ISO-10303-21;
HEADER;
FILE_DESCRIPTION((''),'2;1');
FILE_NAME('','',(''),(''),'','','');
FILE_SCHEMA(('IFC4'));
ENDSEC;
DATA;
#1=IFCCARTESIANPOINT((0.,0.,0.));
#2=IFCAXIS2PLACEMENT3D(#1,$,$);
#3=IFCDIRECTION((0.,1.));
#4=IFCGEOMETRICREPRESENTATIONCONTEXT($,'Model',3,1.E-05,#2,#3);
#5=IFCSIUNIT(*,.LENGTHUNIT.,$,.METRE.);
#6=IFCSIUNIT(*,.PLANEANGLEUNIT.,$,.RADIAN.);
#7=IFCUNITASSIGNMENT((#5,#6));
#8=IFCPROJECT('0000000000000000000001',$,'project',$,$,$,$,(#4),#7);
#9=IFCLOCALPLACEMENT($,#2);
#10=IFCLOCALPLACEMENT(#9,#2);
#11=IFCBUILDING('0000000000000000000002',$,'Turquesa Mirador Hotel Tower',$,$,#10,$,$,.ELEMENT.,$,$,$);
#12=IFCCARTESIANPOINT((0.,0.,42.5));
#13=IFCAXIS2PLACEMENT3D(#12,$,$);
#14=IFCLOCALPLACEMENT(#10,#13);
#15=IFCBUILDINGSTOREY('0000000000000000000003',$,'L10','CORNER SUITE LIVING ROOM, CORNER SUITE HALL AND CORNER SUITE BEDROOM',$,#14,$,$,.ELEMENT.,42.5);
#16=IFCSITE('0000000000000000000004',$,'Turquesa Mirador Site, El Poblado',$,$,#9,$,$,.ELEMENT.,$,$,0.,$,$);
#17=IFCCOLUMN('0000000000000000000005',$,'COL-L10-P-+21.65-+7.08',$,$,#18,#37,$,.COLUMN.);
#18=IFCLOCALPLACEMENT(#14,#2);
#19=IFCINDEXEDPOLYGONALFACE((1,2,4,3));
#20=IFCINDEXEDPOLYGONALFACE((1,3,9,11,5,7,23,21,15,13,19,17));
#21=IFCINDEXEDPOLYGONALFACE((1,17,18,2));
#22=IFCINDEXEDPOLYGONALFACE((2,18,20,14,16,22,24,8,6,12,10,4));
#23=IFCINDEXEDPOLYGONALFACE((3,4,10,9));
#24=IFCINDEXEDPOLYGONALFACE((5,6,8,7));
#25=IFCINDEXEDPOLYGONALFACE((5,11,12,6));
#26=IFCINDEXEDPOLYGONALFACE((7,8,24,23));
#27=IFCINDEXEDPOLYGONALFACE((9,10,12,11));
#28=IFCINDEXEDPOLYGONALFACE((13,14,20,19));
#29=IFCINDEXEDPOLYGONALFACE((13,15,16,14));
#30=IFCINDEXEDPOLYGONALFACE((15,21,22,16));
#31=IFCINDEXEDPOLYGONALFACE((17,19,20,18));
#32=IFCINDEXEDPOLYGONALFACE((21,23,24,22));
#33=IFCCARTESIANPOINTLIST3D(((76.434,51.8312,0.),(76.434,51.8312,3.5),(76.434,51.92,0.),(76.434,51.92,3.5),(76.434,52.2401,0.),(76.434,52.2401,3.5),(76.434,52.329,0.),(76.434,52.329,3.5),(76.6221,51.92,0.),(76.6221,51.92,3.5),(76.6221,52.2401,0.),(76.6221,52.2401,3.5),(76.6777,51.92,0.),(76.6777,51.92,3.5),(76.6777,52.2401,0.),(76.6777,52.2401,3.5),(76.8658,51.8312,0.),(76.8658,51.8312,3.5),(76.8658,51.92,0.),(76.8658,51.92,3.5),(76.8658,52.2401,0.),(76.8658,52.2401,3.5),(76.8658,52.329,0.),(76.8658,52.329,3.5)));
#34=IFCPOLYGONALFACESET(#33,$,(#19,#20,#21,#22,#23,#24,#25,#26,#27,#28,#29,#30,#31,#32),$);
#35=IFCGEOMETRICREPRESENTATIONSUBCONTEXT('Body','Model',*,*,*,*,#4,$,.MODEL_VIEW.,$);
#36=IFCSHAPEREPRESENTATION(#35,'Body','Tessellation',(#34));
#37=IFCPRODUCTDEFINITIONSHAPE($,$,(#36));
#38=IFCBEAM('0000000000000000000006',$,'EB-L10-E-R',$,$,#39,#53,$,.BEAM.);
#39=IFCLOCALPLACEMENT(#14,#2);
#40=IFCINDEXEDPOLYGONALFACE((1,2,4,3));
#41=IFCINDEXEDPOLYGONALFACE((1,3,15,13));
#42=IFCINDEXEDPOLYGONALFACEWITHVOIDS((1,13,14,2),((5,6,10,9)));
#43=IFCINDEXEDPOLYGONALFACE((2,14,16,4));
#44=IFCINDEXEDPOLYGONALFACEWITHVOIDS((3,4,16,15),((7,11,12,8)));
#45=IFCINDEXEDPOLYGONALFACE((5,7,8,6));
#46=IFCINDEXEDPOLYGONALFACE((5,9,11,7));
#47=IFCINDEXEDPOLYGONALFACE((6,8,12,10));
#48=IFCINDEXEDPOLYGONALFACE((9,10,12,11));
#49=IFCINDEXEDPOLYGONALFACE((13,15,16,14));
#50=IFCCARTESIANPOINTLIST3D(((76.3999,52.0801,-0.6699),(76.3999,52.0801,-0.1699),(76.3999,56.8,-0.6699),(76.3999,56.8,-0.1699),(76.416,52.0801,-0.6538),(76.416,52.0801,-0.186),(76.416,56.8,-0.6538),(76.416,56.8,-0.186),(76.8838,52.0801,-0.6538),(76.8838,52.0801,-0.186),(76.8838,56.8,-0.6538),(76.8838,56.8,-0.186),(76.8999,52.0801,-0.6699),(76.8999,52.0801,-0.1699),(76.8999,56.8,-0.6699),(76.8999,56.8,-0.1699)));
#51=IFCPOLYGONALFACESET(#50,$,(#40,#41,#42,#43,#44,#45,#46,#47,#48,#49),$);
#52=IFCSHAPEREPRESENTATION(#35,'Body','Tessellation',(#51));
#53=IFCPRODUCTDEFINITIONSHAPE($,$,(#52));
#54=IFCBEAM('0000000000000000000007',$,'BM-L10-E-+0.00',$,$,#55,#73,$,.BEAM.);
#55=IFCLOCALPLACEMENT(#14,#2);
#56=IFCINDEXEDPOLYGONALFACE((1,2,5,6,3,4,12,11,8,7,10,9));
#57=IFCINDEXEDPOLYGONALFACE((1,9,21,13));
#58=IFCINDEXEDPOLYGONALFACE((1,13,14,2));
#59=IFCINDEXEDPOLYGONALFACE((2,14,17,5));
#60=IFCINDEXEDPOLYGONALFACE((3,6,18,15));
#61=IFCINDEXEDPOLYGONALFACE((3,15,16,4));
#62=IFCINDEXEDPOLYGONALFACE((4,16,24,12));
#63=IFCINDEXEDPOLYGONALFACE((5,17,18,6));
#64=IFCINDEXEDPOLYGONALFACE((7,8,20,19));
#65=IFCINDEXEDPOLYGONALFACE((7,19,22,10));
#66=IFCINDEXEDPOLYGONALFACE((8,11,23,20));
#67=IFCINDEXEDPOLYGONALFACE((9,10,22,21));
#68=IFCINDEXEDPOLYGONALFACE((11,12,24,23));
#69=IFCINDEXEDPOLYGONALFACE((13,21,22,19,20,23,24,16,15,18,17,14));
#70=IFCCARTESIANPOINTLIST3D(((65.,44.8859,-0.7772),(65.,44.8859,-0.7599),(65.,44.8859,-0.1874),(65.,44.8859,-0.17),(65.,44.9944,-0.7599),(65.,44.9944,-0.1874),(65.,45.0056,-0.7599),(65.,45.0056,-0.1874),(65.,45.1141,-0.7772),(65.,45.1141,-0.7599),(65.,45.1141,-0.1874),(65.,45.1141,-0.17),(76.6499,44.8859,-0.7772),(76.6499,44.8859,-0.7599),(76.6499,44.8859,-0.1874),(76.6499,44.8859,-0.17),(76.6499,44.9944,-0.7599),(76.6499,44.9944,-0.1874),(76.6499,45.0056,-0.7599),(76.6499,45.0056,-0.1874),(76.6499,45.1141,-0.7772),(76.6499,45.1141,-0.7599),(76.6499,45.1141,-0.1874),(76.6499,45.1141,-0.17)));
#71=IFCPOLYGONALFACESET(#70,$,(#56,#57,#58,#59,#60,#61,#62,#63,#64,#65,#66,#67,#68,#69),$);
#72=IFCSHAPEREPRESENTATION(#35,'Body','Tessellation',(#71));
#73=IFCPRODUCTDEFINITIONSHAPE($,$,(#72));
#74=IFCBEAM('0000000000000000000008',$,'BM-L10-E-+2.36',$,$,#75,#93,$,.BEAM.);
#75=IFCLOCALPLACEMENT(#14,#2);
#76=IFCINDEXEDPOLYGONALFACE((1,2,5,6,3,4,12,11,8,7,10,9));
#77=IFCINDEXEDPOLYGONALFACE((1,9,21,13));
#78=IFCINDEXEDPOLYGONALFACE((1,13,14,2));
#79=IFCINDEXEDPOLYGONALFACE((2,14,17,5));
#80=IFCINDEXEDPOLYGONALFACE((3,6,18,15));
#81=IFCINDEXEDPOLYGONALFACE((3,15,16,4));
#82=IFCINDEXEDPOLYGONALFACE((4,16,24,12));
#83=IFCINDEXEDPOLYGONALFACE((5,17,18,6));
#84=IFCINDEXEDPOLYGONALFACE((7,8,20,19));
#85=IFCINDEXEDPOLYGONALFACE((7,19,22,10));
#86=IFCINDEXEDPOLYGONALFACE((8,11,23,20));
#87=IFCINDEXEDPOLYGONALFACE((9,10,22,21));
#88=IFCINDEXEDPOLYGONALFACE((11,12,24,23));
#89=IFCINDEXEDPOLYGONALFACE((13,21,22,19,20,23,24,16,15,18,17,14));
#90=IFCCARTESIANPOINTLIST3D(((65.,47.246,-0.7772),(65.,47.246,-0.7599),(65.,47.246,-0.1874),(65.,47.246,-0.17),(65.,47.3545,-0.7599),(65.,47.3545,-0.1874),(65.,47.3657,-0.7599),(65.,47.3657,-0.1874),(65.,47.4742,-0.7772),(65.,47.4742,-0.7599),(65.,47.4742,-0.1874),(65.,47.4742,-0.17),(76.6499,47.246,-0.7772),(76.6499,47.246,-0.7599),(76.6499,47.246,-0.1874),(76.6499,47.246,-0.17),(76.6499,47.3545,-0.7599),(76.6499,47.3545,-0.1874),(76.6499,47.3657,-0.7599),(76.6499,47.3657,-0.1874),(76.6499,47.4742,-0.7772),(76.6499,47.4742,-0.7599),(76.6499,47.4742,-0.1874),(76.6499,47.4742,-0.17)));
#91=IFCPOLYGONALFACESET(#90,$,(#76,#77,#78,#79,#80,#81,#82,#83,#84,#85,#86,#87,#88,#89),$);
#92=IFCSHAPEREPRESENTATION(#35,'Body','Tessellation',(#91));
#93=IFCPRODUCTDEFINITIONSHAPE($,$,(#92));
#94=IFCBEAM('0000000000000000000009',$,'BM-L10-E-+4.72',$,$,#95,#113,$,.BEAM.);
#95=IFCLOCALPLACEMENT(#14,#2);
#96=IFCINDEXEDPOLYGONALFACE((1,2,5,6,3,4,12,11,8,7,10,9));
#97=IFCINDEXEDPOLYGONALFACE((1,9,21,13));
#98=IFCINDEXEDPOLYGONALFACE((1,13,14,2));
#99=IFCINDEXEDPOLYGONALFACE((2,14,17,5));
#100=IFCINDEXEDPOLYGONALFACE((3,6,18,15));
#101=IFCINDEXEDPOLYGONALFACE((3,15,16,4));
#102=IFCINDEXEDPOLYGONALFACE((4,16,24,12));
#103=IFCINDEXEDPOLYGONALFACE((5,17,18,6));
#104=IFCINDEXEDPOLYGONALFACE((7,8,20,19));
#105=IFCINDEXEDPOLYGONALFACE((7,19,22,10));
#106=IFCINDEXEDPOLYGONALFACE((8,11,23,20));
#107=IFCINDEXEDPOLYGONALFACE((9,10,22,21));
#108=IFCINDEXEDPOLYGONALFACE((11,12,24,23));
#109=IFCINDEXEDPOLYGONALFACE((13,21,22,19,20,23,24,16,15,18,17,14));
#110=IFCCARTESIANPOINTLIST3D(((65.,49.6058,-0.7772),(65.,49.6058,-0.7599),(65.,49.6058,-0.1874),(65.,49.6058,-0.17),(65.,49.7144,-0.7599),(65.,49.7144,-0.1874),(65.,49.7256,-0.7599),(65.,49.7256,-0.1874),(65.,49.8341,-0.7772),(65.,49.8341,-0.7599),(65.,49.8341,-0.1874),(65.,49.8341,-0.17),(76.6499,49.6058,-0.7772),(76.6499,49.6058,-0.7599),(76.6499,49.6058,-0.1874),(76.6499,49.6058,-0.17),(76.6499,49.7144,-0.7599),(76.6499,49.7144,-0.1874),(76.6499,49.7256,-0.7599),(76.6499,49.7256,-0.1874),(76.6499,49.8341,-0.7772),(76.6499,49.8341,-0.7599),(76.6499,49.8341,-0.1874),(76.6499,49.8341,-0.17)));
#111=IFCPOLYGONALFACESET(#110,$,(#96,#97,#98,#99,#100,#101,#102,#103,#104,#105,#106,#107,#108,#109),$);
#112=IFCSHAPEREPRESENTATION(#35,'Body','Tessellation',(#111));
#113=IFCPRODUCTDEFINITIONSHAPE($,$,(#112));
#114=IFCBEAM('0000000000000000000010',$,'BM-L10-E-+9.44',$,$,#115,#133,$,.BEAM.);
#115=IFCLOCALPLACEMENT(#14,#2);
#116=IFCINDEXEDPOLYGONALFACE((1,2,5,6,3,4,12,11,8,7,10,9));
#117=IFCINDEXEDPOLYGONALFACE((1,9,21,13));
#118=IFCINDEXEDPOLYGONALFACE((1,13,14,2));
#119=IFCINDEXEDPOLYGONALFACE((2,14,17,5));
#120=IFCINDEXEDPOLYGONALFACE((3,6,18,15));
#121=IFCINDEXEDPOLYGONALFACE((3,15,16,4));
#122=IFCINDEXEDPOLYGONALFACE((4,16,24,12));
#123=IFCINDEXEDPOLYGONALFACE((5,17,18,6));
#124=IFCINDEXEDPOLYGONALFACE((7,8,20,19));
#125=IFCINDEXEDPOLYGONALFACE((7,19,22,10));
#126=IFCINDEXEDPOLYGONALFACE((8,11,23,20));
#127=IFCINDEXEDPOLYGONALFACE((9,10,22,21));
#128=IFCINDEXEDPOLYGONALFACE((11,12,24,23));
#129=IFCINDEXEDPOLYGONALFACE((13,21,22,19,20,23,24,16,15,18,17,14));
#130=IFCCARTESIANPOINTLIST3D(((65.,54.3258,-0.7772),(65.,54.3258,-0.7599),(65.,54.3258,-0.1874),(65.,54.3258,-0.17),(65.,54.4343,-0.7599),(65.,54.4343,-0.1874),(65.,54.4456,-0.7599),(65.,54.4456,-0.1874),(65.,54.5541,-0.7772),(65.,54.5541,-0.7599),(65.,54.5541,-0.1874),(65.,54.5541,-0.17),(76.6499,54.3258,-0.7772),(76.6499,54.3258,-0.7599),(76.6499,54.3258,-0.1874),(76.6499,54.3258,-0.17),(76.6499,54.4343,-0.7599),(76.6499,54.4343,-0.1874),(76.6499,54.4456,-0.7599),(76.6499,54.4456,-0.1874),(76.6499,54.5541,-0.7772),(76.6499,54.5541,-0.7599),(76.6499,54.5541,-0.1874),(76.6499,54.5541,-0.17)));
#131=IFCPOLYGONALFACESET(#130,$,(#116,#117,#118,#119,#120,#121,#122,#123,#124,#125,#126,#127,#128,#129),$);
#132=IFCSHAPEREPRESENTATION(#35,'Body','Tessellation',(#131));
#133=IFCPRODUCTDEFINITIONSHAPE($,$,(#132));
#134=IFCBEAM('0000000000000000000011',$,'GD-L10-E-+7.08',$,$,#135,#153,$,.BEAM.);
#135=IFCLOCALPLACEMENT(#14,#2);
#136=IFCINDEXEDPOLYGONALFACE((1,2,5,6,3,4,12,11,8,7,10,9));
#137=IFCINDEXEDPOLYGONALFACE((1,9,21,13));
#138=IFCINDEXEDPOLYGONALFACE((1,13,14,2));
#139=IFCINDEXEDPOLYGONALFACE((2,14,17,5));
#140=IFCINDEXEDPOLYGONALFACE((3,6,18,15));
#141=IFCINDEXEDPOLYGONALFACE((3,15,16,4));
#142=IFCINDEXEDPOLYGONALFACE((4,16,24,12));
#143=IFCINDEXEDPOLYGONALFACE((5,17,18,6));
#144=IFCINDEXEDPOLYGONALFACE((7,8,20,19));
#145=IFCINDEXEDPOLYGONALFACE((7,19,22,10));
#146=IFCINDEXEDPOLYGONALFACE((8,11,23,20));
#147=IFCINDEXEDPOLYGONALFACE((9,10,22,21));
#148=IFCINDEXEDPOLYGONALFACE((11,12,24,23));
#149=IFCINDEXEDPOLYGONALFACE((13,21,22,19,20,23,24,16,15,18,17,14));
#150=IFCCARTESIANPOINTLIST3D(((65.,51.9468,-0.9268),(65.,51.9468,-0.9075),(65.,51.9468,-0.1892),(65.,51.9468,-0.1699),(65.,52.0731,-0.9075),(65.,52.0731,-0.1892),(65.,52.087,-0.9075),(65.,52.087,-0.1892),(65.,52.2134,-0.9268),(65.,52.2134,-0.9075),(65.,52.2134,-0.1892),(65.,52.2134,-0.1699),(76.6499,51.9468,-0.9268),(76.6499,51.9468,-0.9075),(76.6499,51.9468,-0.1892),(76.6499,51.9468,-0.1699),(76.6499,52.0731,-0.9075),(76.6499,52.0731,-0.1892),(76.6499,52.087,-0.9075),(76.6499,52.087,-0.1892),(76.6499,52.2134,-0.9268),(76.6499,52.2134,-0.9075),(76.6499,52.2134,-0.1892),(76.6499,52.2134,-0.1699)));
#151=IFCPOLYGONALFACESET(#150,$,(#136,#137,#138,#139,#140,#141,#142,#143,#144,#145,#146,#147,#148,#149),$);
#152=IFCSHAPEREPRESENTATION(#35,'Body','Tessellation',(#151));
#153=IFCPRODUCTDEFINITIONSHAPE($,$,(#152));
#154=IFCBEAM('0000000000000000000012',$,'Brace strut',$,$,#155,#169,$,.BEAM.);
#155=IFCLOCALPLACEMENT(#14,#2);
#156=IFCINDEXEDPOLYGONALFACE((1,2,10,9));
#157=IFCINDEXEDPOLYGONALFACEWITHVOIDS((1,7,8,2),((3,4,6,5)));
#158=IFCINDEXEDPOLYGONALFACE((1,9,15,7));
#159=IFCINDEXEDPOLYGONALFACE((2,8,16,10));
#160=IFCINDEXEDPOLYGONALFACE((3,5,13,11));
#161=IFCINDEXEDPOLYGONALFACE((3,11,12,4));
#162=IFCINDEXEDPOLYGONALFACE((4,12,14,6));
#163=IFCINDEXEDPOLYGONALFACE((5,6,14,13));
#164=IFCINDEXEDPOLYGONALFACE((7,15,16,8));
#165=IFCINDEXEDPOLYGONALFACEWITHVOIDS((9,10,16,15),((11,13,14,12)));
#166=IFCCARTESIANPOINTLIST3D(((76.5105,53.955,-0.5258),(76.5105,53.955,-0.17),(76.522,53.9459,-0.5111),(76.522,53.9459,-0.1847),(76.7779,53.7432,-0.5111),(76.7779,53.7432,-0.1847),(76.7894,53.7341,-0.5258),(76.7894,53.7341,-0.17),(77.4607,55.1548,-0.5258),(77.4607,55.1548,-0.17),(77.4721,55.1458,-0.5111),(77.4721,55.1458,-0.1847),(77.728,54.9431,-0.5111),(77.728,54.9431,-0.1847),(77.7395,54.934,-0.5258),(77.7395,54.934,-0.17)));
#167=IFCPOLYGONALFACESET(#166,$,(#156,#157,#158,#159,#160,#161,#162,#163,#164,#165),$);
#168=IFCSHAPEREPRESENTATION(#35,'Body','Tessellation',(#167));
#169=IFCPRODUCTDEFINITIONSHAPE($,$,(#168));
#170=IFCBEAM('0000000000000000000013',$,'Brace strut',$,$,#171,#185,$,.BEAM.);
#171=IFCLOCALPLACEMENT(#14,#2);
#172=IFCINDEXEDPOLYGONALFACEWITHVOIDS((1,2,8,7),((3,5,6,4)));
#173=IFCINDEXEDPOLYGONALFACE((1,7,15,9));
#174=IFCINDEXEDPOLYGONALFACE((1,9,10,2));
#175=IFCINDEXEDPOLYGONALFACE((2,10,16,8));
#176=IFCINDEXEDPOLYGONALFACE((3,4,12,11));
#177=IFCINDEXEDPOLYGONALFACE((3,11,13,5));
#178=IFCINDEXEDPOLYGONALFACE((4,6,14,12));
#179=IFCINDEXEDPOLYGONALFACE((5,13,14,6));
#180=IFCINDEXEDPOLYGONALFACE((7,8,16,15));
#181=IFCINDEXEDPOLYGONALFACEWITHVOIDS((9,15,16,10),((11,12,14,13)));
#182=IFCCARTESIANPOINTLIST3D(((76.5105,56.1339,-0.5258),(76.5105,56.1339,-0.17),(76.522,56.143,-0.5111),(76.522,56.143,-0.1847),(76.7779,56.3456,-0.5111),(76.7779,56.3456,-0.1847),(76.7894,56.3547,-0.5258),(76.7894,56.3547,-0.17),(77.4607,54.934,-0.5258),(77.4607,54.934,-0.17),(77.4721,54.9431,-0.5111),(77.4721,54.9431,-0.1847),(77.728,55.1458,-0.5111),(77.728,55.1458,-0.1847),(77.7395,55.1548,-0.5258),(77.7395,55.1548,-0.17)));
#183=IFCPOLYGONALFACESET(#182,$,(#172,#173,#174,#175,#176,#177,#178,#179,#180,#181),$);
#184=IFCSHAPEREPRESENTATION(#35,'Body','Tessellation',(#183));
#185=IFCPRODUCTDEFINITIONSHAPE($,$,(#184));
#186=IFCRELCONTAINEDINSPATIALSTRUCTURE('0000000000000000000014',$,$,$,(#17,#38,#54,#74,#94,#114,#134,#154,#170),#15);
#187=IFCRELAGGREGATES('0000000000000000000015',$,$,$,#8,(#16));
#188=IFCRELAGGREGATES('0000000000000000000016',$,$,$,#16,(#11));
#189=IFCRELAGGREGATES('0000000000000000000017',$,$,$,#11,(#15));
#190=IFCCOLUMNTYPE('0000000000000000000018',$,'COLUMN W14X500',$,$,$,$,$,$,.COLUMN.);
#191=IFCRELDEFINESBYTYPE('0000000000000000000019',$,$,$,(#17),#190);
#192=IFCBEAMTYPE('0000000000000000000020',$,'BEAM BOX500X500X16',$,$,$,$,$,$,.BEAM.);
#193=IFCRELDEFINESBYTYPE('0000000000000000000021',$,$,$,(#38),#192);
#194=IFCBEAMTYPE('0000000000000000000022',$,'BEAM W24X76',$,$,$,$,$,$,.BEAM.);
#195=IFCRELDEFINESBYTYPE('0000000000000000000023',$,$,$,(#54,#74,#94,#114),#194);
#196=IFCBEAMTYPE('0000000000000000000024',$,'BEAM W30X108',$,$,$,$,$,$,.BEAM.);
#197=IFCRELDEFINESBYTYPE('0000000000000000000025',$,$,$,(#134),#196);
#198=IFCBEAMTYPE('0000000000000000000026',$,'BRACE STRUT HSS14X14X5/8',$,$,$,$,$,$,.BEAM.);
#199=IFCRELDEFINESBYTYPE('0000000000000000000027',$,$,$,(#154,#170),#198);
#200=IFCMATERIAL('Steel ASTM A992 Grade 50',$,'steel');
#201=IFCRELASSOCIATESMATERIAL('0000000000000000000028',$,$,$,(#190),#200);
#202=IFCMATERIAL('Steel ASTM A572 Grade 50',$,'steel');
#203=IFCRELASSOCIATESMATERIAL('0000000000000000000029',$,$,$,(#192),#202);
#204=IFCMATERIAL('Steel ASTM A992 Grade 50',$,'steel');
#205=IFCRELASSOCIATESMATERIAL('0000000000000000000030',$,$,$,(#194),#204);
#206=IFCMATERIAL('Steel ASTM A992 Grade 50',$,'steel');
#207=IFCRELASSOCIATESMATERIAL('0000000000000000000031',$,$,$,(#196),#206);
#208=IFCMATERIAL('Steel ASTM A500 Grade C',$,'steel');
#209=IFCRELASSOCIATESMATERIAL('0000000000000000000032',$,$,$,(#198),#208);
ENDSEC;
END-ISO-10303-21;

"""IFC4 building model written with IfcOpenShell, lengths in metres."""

from ifc_helpers import new_model, si_unit, direction, frame, origin, origin_2d, place, context, subcontext, project, spatial, hollow_rectangle, i_section, extrude, material, material_profile, profile_set, type_object, element, save


model = new_model("IFC4")

# Units and contexts
model_context = context("Model", 3, precision=1e-05, world=origin(), true_north=direction((0.0, 1.0)))
body_context = subcontext(model_context, "Body", "Model", "MODEL_VIEW")
ifc_project = project(units=[si_unit("LENGTHUNIT", "METRE"), si_unit("PLANEANGLEUNIT", "RADIAN")], contexts=[model_context])

# Site, building, storey
site_placement = place(None, origin())
site = spatial("IfcSite", under=ifc_project, at=site_placement, Name="Turquesa Mirador Site, El Poblado", CompositionType="ELEMENT", RefElevation=0.0)
building_placement = place(site_placement, origin())
building = spatial("IfcBuilding", under=site, at=building_placement, Name="Turquesa Mirador Hotel Tower", CompositionType="ELEMENT")
storey_placement = place(building_placement, frame((0.0, 0.0, 42.5)))
storey = spatial("IfcBuildingStorey", under=building, at=storey_placement, Name="L10", Description="CORNER SUITE LIVING ROOM, CORNER SUITE HALL AND CORNER SUITE BEDROOM", CompositionType="ELEMENT", Elevation=42.5)

# Column
ifc_material_1 = material(Name="Steel ASTM A992 Grade 50", Category="steel")
ifc_material_profile_1 = material_profile(ifc_material_1, i_section(OverallWidth=0.4319, OverallDepth=0.4978, WebThickness=0.0557, FlangeThickness=0.0889, at=origin_2d()), Name="W14X500")
ifc_profile_set_1 = profile_set([ifc_material_profile_1], Name="Steel ASTM A992 Grade 50")
column_type = type_object("IfcColumnType", Name="COLUMN W14X500", PredefinedType="COLUMN", material=ifc_profile_set_1)
column_placement = place(storey_placement, frame((76.6499, 52.0801, 0.0), z_axis=(0.0, 0.0, 1.0), x_axis=(1.0, 0.0, 0.0)))
element("IfcColumn", 1, at=column_placement, inside=storey, type_object=column_type, Name="COL-L10-P-+21.65-+7.08", PredefinedType="COLUMN", context=body_context, shape_type="SweptSolid", body=[
    extrude(i_section(OverallWidth=0.4319, OverallDepth=0.4978, WebThickness=0.0557, FlangeThickness=0.0889, at=origin_2d()), origin(), (0.0, 0.0, 1.0), 3.5),
])

# Beams
ifc_material_2 = material(Name="Steel ASTM A572 Grade 50", Category="steel")
ifc_material_profile_2 = material_profile(ifc_material_2, hollow_rectangle(XDim=0.5, YDim=0.5, WallThickness=0.0161, at=origin_2d()), Name="BOX500X500X16")
ifc_profile_set_2 = profile_set([ifc_material_profile_2], Name="Steel ASTM A572 Grade 50")
beam_type_1 = type_object("IfcBeamType", Name="BEAM BOX500X500X16", PredefinedType="BEAM", material=ifc_profile_set_2)
beam_1_placement = place(storey_placement, frame((76.6499, 52.0801, -0.4199), z_axis=(0.0, 1.0, 0.0), x_axis=(-1.0, 0.0, 0.0)))
element("IfcBeam", 2, at=beam_1_placement, inside=storey, type_object=beam_type_1, Name="EB-L10-E-R", PredefinedType="BEAM", context=body_context, shape_type="SweptSolid", body=[
    extrude(hollow_rectangle(XDim=0.5, YDim=0.5, WallThickness=0.0161, at=origin_2d()), origin(), (0.0, 0.0, 1.0), 4.72),
])
ifc_material_3 = material(Name="Steel ASTM A992 Grade 50", Category="steel")
ifc_material_profile_3 = material_profile(ifc_material_3, i_section(OverallWidth=0.2283, OverallDepth=0.6072, WebThickness=0.0112, FlangeThickness=0.0173, at=origin_2d()), Name="W24X76")
ifc_profile_set_3 = profile_set([ifc_material_profile_3], Name="Steel ASTM A992 Grade 50")
beam_type_2 = type_object("IfcBeamType", Name="BEAM W24X76", PredefinedType="BEAM", material=ifc_profile_set_3)
for number, where, z_axis, x_axis, name in (
    (3, (76.6499, 45.0, -0.4736), (-1.0, 0.0, 0.0), (0.0, -1.0, 0.0), "BM-L10-E-+0.00"),
    (4, (76.6499, 47.3601, -0.4736), (-1.0, 0.0, 0.0), (0.0, -1.0, 0.0), "BM-L10-E-+2.36"),
    (5, (76.6499, 49.72, -0.4736), (-1.0, 0.0, 0.0), (0.0, -1.0, 0.0), "BM-L10-E-+4.72"),
    (6, (76.6499, 54.4399, -0.4736), (-1.0, 0.0, 0.0), (0.0, -1.0, 0.0), "BM-L10-E-+9.44"),
):
    element("IfcBeam", number, at=place(storey_placement, frame(where, z_axis=z_axis, x_axis=x_axis)), inside=storey, type_object=beam_type_2, Name=name, PredefinedType="BEAM", context=body_context, shape_type="SweptSolid", body=[
        extrude(i_section(OverallWidth=0.2283, OverallDepth=0.6072, WebThickness=0.0112, FlangeThickness=0.0173, at=origin_2d()), origin(), (0.0, 0.0, 1.0), 11.6499),
    ])
ifc_material_4 = material(Name="Steel ASTM A992 Grade 50", Category="steel")
ifc_material_profile_4 = material_profile(ifc_material_4, i_section(OverallWidth=0.2666, OverallDepth=0.7568, WebThickness=0.0139, FlangeThickness=0.0193, at=origin_2d()), Name="W30X108")
ifc_profile_set_4 = profile_set([ifc_material_profile_4], Name="Steel ASTM A992 Grade 50")
beam_type_3 = type_object("IfcBeamType", Name="BEAM W30X108", PredefinedType="BEAM", material=ifc_profile_set_4)
beam_2_placement = place(storey_placement, frame((76.6499, 52.0801, -0.5483), z_axis=(-1.0, 0.0, 0.0), x_axis=(0.0, -1.0, 0.0)))
element("IfcBeam", 7, at=beam_2_placement, inside=storey, type_object=beam_type_3, Name="GD-L10-E-+7.08", PredefinedType="BEAM", context=body_context, shape_type="SweptSolid", body=[
    extrude(i_section(OverallWidth=0.2666, OverallDepth=0.7568, WebThickness=0.0139, FlangeThickness=0.0193, at=origin_2d()), origin(), (0.0, 0.0, 1.0), 11.6499),
])
ifc_material_5 = material(Name="Steel ASTM A500 Grade C", Category="steel")
ifc_material_profile_5 = material_profile(ifc_material_5, hollow_rectangle(XDim=0.3557, YDim=0.3557, WallThickness=0.0146, at=origin_2d()), Name="HSS14X14X5/8")
ifc_profile_set_5 = profile_set([ifc_material_profile_5], Name="Steel ASTM A500 Grade C")
beam_type_4 = type_object("IfcBeamType", Name="BRACE STRUT HSS14X14X5/8", PredefinedType="BEAM", material=ifc_profile_set_5)
for number, where, z_axis, x_axis, name in (
    (8, (77.6001, 55.0444, -0.3479), (-0.620797, -0.783971, 0.0), (0.783971, -0.620797, 0.0), "Brace strut"),
    (9, (77.6001, 55.0444, -0.3479), (-0.620797, 0.783971, 0.0), (-0.783971, -0.620797, 0.0), "Brace strut"),
):
    element("IfcBeam", number, at=place(storey_placement, frame(where, z_axis=z_axis, x_axis=x_axis)), inside=storey, type_object=beam_type_4, Name=name, PredefinedType="BEAM", context=body_context, shape_type="SweptSolid", body=[
        extrude(hollow_rectangle(XDim=0.3557, YDim=0.3557, WallThickness=0.0146, at=origin_2d()), origin(), (0.0, 0.0, 1.0), 1.5305),
    ])

save(model, "model.ifc")
